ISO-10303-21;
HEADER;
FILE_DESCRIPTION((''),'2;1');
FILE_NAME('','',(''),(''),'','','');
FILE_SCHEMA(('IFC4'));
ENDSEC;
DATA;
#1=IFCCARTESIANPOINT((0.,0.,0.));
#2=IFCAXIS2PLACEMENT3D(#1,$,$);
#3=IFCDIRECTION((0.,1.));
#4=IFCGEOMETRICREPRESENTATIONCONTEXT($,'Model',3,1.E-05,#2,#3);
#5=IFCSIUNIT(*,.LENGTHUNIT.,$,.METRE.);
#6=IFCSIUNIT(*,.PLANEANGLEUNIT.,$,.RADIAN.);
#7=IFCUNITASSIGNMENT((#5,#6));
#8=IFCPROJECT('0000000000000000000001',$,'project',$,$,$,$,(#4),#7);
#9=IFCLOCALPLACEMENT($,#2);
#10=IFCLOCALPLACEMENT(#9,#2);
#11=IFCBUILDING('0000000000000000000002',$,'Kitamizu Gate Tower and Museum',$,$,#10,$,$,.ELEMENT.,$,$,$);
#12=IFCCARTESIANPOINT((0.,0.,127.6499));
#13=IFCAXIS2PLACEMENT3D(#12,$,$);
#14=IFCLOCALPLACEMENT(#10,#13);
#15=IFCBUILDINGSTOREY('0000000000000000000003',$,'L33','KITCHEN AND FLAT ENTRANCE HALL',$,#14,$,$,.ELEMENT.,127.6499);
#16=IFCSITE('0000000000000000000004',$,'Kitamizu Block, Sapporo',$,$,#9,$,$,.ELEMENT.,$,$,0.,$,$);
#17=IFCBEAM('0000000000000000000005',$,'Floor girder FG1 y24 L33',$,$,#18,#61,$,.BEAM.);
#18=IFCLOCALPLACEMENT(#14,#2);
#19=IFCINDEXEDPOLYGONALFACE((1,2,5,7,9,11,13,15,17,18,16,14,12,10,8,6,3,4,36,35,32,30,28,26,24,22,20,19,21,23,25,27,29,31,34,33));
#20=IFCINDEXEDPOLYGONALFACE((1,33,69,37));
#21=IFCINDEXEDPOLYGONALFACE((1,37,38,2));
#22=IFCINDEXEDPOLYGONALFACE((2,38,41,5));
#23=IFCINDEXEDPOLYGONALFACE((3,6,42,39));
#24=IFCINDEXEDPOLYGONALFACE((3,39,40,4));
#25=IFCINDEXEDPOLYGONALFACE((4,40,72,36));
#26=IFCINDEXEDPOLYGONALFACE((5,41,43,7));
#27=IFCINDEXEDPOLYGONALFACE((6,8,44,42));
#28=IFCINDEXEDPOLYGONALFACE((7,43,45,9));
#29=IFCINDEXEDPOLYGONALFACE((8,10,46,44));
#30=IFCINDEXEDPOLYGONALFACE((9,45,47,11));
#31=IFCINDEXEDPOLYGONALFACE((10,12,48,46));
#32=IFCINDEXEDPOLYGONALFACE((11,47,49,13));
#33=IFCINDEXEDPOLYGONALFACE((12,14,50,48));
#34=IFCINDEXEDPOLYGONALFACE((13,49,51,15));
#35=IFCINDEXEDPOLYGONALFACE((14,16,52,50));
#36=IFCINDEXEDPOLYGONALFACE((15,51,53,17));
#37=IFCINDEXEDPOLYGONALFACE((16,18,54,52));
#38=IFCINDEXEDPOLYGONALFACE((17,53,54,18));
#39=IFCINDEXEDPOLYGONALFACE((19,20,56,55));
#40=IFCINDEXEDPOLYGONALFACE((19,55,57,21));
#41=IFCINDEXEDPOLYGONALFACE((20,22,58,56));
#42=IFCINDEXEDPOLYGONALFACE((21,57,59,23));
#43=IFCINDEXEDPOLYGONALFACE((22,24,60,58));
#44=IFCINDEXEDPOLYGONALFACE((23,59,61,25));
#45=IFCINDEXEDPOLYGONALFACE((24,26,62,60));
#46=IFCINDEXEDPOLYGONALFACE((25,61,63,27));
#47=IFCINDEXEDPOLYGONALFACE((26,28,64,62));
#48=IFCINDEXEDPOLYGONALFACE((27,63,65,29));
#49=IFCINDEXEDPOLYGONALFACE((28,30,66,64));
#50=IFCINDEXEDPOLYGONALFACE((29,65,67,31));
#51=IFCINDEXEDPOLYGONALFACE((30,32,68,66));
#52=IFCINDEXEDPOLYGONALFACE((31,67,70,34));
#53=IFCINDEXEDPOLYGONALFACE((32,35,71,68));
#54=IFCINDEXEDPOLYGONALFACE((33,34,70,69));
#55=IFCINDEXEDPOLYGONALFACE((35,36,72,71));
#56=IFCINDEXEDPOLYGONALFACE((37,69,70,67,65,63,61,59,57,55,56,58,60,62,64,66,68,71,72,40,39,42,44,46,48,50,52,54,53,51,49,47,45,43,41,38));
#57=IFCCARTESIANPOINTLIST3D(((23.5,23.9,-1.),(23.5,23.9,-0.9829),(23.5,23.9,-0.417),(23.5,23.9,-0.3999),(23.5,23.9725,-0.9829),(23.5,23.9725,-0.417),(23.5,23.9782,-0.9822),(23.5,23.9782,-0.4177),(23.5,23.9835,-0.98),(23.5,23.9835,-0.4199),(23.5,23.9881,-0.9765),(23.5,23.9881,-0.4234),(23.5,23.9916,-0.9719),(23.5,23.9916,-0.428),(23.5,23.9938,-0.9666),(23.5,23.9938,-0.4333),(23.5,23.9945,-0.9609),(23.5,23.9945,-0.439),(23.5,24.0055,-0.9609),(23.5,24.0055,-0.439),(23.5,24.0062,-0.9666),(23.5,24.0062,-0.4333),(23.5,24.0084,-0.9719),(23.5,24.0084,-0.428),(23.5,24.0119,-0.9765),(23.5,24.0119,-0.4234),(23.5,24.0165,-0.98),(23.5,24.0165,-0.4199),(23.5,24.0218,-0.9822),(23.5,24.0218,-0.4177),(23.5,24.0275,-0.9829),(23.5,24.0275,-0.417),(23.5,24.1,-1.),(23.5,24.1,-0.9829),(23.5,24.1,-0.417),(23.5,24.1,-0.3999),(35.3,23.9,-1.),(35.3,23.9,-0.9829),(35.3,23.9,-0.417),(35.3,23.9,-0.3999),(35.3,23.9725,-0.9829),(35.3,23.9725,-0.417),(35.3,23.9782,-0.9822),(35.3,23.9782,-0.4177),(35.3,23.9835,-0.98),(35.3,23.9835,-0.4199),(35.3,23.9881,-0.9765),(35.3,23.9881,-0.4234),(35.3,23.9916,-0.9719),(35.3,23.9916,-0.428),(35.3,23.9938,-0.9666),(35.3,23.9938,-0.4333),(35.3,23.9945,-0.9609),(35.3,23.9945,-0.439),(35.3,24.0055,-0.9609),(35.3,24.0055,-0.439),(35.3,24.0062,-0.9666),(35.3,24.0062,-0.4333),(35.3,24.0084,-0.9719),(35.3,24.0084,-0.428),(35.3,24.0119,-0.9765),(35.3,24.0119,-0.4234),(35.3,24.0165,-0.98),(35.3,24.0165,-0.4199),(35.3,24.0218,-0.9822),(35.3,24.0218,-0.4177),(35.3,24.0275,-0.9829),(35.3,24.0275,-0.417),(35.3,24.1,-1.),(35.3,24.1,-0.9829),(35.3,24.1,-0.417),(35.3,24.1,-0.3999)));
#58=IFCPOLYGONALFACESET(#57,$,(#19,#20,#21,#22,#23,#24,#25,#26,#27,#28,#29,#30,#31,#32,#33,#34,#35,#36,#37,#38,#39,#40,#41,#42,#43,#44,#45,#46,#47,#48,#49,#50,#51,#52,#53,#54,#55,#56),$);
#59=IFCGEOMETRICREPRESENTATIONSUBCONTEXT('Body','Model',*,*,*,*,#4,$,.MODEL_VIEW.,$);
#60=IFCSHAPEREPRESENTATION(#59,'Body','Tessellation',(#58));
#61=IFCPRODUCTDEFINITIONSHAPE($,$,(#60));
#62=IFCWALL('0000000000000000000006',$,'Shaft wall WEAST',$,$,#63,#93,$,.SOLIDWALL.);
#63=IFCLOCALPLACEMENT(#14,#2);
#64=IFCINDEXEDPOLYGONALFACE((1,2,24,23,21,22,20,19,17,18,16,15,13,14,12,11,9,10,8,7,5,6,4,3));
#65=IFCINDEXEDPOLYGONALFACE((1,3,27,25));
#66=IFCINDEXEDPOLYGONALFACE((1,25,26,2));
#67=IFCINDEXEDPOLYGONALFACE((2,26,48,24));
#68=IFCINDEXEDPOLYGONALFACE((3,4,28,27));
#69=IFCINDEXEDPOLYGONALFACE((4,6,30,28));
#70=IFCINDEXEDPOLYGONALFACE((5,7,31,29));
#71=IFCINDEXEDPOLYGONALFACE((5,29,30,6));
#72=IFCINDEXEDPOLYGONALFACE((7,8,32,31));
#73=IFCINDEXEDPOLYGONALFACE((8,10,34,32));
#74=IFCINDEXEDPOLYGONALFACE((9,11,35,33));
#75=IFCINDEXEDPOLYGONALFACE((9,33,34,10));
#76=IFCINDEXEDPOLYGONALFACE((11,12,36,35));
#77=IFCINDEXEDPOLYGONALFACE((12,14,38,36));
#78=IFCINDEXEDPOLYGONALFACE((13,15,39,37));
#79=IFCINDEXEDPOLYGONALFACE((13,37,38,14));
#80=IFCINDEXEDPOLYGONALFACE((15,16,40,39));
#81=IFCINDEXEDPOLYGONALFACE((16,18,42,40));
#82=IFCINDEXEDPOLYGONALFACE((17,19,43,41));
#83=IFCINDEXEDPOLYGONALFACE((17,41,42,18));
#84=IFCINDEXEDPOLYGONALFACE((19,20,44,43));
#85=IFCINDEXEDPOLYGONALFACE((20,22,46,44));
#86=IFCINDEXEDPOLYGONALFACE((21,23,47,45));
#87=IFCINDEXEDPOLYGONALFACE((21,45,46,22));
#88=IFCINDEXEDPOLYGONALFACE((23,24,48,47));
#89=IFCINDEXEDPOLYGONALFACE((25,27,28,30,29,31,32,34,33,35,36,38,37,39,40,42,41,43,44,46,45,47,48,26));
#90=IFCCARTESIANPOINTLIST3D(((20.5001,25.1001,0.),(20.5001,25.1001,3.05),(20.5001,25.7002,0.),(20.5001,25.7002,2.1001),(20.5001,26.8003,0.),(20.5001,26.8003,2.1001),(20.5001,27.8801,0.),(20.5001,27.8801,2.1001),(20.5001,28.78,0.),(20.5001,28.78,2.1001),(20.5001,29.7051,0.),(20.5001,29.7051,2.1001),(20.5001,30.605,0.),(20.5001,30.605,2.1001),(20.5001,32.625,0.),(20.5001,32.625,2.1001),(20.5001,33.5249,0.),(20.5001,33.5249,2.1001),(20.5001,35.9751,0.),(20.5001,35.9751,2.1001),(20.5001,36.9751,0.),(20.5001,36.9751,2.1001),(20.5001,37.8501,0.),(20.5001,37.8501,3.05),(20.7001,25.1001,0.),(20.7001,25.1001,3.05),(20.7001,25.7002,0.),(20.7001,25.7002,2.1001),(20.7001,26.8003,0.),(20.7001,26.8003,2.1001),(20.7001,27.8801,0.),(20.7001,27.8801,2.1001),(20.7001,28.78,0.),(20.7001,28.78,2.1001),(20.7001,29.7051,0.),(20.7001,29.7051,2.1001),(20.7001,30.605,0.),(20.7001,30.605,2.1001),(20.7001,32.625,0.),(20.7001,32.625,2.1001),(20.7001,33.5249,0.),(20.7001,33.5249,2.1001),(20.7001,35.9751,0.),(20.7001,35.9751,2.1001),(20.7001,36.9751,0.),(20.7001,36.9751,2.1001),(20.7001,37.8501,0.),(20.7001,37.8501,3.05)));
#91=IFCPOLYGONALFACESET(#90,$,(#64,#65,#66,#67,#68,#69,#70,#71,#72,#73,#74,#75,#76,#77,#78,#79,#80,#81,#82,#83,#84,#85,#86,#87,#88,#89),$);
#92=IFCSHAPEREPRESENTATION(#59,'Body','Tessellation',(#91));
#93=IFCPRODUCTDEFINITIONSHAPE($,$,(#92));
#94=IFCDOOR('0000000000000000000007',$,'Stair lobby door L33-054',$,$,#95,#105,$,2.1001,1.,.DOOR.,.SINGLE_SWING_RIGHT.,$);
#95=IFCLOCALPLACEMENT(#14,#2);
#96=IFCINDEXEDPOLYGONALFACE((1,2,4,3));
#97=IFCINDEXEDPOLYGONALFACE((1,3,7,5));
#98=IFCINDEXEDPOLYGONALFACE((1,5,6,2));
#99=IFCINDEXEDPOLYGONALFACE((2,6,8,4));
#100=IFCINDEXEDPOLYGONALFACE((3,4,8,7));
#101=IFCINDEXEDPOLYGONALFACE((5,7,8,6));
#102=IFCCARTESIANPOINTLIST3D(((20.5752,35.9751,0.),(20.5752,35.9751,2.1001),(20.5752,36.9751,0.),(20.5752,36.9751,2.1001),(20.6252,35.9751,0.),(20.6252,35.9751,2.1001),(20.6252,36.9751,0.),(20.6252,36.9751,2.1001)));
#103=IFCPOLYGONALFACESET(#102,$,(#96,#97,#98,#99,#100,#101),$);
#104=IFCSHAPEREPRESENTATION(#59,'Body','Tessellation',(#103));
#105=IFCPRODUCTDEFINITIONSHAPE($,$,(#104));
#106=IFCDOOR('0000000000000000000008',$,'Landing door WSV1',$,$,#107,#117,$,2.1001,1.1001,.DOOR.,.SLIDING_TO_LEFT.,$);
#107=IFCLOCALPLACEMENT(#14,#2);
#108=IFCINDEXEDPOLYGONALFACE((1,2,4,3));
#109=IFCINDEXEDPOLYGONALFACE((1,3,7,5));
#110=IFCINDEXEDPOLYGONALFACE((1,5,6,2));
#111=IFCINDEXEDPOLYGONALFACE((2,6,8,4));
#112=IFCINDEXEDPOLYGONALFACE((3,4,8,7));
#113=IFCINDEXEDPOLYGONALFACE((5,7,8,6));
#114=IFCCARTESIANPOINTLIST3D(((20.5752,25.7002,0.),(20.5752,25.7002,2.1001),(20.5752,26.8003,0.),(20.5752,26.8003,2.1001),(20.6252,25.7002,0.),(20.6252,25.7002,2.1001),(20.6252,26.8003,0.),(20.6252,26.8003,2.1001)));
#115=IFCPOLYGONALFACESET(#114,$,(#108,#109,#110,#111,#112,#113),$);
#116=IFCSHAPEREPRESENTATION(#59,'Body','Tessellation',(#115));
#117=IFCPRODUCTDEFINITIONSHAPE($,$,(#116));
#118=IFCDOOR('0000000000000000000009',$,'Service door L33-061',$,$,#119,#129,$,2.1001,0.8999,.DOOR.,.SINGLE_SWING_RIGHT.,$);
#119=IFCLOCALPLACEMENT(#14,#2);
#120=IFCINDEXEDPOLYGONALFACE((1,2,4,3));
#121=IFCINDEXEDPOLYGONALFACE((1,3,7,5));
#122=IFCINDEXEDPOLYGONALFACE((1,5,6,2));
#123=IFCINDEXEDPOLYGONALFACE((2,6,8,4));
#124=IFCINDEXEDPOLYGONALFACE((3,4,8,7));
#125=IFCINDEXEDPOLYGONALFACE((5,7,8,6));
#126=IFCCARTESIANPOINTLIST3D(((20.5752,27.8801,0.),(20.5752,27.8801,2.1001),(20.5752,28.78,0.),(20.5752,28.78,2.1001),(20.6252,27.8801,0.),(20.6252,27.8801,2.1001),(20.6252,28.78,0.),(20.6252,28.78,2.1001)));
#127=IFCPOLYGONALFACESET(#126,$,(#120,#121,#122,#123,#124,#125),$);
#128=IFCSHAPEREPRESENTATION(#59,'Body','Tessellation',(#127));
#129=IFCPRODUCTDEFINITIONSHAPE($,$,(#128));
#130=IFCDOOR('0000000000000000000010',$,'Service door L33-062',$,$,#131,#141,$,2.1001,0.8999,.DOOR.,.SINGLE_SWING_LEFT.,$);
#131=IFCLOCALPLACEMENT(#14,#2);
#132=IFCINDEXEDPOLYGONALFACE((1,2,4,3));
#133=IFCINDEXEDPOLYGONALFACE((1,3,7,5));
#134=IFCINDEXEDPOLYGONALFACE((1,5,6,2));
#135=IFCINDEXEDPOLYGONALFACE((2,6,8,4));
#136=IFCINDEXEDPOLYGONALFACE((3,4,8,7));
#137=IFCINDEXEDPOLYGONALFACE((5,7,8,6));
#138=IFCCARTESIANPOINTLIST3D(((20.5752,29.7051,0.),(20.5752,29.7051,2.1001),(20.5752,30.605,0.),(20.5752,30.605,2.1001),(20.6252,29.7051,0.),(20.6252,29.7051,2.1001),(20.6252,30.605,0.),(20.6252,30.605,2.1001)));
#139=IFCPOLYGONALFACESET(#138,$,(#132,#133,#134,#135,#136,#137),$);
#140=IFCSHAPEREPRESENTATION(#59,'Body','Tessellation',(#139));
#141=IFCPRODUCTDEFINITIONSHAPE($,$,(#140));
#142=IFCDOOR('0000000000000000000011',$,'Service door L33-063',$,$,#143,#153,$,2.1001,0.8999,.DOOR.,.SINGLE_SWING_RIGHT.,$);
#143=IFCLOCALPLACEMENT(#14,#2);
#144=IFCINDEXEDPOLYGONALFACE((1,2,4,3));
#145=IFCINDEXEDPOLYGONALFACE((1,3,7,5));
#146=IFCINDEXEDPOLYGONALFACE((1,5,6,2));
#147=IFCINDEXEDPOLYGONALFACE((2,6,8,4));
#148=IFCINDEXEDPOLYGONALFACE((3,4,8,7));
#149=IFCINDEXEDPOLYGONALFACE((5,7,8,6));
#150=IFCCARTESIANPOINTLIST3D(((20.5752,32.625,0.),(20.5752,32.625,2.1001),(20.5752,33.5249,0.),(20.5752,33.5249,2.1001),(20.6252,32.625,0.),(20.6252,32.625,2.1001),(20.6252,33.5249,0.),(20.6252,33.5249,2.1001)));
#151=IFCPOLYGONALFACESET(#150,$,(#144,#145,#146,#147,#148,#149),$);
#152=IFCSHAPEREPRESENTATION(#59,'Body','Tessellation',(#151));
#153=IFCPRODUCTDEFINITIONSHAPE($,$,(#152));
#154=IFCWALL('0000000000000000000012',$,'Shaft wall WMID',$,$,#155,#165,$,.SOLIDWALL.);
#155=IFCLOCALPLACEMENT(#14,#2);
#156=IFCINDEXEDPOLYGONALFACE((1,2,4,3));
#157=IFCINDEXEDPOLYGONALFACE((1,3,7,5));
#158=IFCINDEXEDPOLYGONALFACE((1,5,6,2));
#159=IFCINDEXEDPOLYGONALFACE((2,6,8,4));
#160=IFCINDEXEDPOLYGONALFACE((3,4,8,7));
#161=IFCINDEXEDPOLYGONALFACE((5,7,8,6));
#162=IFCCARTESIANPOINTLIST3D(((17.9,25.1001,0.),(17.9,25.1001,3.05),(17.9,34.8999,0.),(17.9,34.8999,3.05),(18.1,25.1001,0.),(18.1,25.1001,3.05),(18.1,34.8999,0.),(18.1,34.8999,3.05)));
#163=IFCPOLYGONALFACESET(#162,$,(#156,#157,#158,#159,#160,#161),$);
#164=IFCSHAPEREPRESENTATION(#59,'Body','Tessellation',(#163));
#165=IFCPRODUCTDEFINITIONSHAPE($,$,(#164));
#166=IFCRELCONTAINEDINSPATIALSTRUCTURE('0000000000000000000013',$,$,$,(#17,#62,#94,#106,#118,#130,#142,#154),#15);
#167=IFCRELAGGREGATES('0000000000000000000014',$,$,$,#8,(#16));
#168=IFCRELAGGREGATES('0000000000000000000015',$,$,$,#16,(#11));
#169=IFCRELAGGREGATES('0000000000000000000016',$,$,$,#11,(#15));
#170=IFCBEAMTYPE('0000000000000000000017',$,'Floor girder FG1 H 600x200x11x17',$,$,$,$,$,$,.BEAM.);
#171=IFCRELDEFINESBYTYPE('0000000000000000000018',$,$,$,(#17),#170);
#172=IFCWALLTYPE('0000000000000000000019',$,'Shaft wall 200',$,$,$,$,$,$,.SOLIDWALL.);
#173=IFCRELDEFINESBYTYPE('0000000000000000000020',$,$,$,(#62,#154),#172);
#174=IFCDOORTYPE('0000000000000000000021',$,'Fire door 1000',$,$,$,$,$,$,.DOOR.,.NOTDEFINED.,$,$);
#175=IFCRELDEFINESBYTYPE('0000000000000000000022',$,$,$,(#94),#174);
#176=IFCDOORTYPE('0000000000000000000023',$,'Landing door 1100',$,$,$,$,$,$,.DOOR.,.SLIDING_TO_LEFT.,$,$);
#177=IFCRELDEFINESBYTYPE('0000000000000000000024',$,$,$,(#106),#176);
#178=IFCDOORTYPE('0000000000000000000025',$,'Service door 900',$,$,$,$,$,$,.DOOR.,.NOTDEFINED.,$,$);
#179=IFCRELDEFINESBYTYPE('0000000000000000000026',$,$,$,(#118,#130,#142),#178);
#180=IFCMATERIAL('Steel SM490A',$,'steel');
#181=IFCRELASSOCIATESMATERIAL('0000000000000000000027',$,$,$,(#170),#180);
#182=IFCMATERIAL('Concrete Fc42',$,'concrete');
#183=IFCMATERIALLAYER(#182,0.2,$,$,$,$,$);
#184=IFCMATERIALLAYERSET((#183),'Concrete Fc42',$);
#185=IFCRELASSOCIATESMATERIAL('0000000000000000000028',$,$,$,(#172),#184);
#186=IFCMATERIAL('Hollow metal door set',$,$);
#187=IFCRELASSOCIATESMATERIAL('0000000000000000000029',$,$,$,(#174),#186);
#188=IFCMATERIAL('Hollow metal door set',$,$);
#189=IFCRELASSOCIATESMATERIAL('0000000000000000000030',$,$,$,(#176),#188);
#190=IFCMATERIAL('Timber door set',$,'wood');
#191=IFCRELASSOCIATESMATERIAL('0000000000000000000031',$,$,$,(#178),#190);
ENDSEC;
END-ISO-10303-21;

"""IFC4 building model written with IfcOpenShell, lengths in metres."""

from ifc_helpers import new_model, si_unit, direction, frame, frame_2d, origin, origin_2d, place, context, subcontext, project, spatial, rectangle, i_section, extrude, material, layer, layer_set, material_profile, profile_set, type_object, element, fill, save


model = new_model("IFC4")

# Units and contexts
model_context = context("Model", 3, precision=1e-05, world=origin(), true_north=direction((0.0, 1.0)))
body_context = subcontext(model_context, "Body", "Model", "MODEL_VIEW")
ifc_project = project(units=[si_unit("LENGTHUNIT", "METRE"), si_unit("PLANEANGLEUNIT", "RADIAN")], contexts=[model_context])

# Site, building, storey
site_placement = place(None, origin())
site = spatial("IfcSite", under=ifc_project, at=site_placement, Name="Kitamizu Block, Sapporo", CompositionType="ELEMENT", RefElevation=0.0)
building_placement = place(site_placement, origin())
building = spatial("IfcBuilding", under=site, at=building_placement, Name="Kitamizu Gate Tower and Museum", CompositionType="ELEMENT")
storey_placement = place(building_placement, frame((0.0, 0.0, 127.6499)))
storey = spatial("IfcBuildingStorey", under=building, at=storey_placement, Name="L33", Description="KITCHEN AND FLAT ENTRANCE HALL", CompositionType="ELEMENT", Elevation=127.6499)

# Beam
ifc_material_1 = material(Name="Steel SM490A", Category="steel")
ifc_material_profile = material_profile(ifc_material_1, i_section(OverallWidth=0.2, OverallDepth=0.6001, WebThickness=0.011, FlangeThickness=0.0171, FilletRadius=0.022, at=origin_2d()), Name="H-600x200x11x17")
ifc_profile_set = profile_set([ifc_material_profile], Name="Steel SM490A")
beam_type = type_object("IfcBeamType", Name="Floor girder FG1 H 600x200x11x17", PredefinedType="BEAM", material=ifc_profile_set)
beam_placement = place(storey_placement, frame((23.5, 24.0, -0.7), z_axis=(1.0, 0.0, 0.0), x_axis=(0.0, 1.0, 0.0)))
element("IfcBeam", 1, at=beam_placement, inside=storey, type_object=beam_type, Name="Floor girder FG1 y24 L33", PredefinedType="BEAM", context=body_context, shape_type="SweptSolid", body=[
    extrude(i_section(OverallWidth=0.2, OverallDepth=0.6001, WebThickness=0.011, FlangeThickness=0.0171, FilletRadius=0.022, at=origin_2d()), origin(), (0.0, 0.0, 1.0), 11.8),
])

# Wall, openings, doors
ifc_material_2 = material(Name="Concrete Fc42", Category="concrete")
ifc_layer = layer(ifc_material_2, 0.2)
ifc_layer_set = layer_set([ifc_layer], Name="Concrete Fc42")
wall_type = type_object("IfcWallType", Name="Shaft wall 200", PredefinedType="SOLIDWALL", material=ifc_layer_set)
wall_1_placement = place(storey_placement, frame((20.6001, 25.1001, 0.0), z_axis=(0.0, 0.0, 1.0), x_axis=(0.0, 1.0, 0.0)))
wall_1 = element("IfcWall", 2, at=wall_1_placement, inside=storey, type_object=wall_type, Name="Shaft wall WEAST", PredefinedType="SOLIDWALL", context=body_context, shape_type="SweptSolid", body=[
    extrude(rectangle(XDim=12.75, YDim=0.2, at=frame_2d((6.375, 0.0))), origin(), (0.0, 0.0, 1.0), 3.05),
])
opening_1_placement = place(wall_1_placement, frame((0.6001, 0.0, 0.0)))
opening_1 = element("IfcOpeningElement", 3, at=opening_1_placement, cuts=wall_1, PredefinedType="OPENING", context=body_context, shape_type="SweptSolid", body=[
    extrude(rectangle(XDim=1.1001, YDim=2.1001, at=frame_2d((0.55, 1.05))), frame((0.0, 0.1099, 0.0), z_axis=(0.0, -1.0, 0.0), x_axis=(1.0, 0.0, 0.0)), (0.0, 0.0, 1.0), 0.22),
])
opening_2_placement = place(wall_1_placement, frame((10.875, 0.0, 0.0)))
opening_2 = element("IfcOpeningElement", 4, at=opening_2_placement, cuts=wall_1, PredefinedType="OPENING", context=body_context, shape_type="SweptSolid", body=[
    extrude(rectangle(XDim=1.0, YDim=2.1001, at=frame_2d((0.5, 1.05))), frame((0.0, 0.1099, 0.0), z_axis=(0.0, -1.0, 0.0), x_axis=(1.0, 0.0, 0.0)), (0.0, 0.0, 1.0), 0.22),
])
opening_3_placement = place(wall_1_placement, frame((2.78, 0.0, 0.0)))
opening_3 = element("IfcOpeningElement", 5, at=opening_3_placement, cuts=wall_1, PredefinedType="OPENING", context=body_context, shape_type="SweptSolid", body=[
    extrude(rectangle(XDim=0.8999, YDim=2.1001, at=frame_2d((0.45, 1.05))), frame((0.0, 0.1099, 0.0), z_axis=(0.0, -1.0, 0.0), x_axis=(1.0, 0.0, 0.0)), (0.0, 0.0, 1.0), 0.22),
])
opening_4_placement = place(wall_1_placement, frame((4.605, 0.0, 0.0)))
opening_4 = element("IfcOpeningElement", 6, at=opening_4_placement, cuts=wall_1, PredefinedType="OPENING", context=body_context, shape_type="SweptSolid", body=[
    extrude(rectangle(XDim=0.8999, YDim=2.1001, at=frame_2d((0.45, 1.05))), frame((0.0, 0.1099, 0.0), z_axis=(0.0, -1.0, 0.0), x_axis=(1.0, 0.0, 0.0)), (0.0, 0.0, 1.0), 0.22),
])
opening_5_placement = place(wall_1_placement, frame((7.5249, 0.0, 0.0)))
opening_5 = element("IfcOpeningElement", 7, at=opening_5_placement, cuts=wall_1, PredefinedType="OPENING", context=body_context, shape_type="SweptSolid", body=[
    extrude(rectangle(XDim=0.8999, YDim=2.1001, at=frame_2d((0.45, 1.05))), frame((0.0, 0.1099, 0.0), z_axis=(0.0, -1.0, 0.0), x_axis=(1.0, 0.0, 0.0)), (0.0, 0.0, 1.0), 0.22),
])
ifc_material_3 = material(Name="Hollow metal door set")
door_type_1 = type_object("IfcDoorType", Name="Fire door 1000", OperationType="NOTDEFINED", PredefinedType="DOOR", material=ifc_material_3)
door_1_placement = place(opening_2_placement, origin())
door_1 = element("IfcDoor", 8, at=door_1_placement, inside=storey, type_object=door_type_1, Name="Stair lobby door L33-054", OperationType="SINGLE_SWING_RIGHT", OverallHeight=2.1001, OverallWidth=1.0, PredefinedType="DOOR", context=body_context, shape_type="SweptSolid", body=[
    extrude(rectangle(XDim=1.0, YDim=2.1001, at=frame_2d((0.5, 1.05))), frame((0.0, 0.0249, 0.0), z_axis=(0.0, -1.0, 0.0), x_axis=(1.0, 0.0, 0.0)), (0.0, 0.0, 1.0), 0.05),
])
fill(opening_2, door_1)
ifc_material_4 = material(Name="Hollow metal door set")
door_type_2 = type_object("IfcDoorType", Name="Landing door 1100", OperationType="SLIDING_TO_LEFT", PredefinedType="DOOR", material=ifc_material_4)
door_2_placement = place(opening_1_placement, origin())
door_2 = element("IfcDoor", 9, at=door_2_placement, inside=storey, type_object=door_type_2, Name="Landing door WSV1", OperationType="SLIDING_TO_LEFT", OverallHeight=2.1001, OverallWidth=1.1001, PredefinedType="DOOR", context=body_context, shape_type="SweptSolid", body=[
    extrude(rectangle(XDim=1.1001, YDim=2.1001, at=frame_2d((0.55, 1.05))), frame((0.0, 0.0249, 0.0), z_axis=(0.0, -1.0, 0.0), x_axis=(1.0, 0.0, 0.0)), (0.0, 0.0, 1.0), 0.05),
])
fill(opening_1, door_2)
ifc_material_5 = material(Name="Timber door set", Category="wood")
door_type_3 = type_object("IfcDoorType", Name="Service door 900", OperationType="NOTDEFINED", PredefinedType="DOOR", material=ifc_material_5)
door_3_placement = place(opening_3_placement, origin())
door_3 = element("IfcDoor", 10, at=door_3_placement, inside=storey, type_object=door_type_3, Name="Service door L33-061", OperationType="SINGLE_SWING_RIGHT", OverallHeight=2.1001, OverallWidth=0.8999, PredefinedType="DOOR", context=body_context, shape_type="SweptSolid", body=[
    extrude(rectangle(XDim=0.8999, YDim=2.1001, at=frame_2d((0.45, 1.05))), frame((0.0, 0.0249, 0.0), z_axis=(0.0, -1.0, 0.0), x_axis=(1.0, 0.0, 0.0)), (0.0, 0.0, 1.0), 0.05),
])
fill(opening_3, door_3)
door_4_placement = place(opening_4_placement, origin())
door_4 = element("IfcDoor", 11, at=door_4_placement, inside=storey, type_object=door_type_3, Name="Service door L33-062", OperationType="SINGLE_SWING_LEFT", OverallHeight=2.1001, OverallWidth=0.8999, PredefinedType="DOOR", context=body_context, shape_type="SweptSolid", body=[
    extrude(rectangle(XDim=0.8999, YDim=2.1001, at=frame_2d((0.45, 1.05))), frame((0.0, 0.0249, 0.0), z_axis=(0.0, -1.0, 0.0), x_axis=(1.0, 0.0, 0.0)), (0.0, 0.0, 1.0), 0.05),
])
fill(opening_4, door_4)
door_5_placement = place(opening_5_placement, origin())
door_5 = element("IfcDoor", 12, at=door_5_placement, inside=storey, type_object=door_type_3, Name="Service door L33-063", OperationType="SINGLE_SWING_RIGHT", OverallHeight=2.1001, OverallWidth=0.8999, PredefinedType="DOOR", context=body_context, shape_type="SweptSolid", body=[
    extrude(rectangle(XDim=0.8999, YDim=2.1001, at=frame_2d((0.45, 1.05))), frame((0.0, 0.0249, 0.0), z_axis=(0.0, -1.0, 0.0), x_axis=(1.0, 0.0, 0.0)), (0.0, 0.0, 1.0), 0.05),
])
fill(opening_5, door_5)

# Wall
wall_2_placement = place(storey_placement, frame((18.0, 25.1001, 0.0), z_axis=(0.0, 0.0, 1.0), x_axis=(0.0, 1.0, 0.0)))
element("IfcWall", 13, at=wall_2_placement, inside=storey, type_object=wall_type, Name="Shaft wall WMID", PredefinedType="SOLIDWALL", context=body_context, shape_type="SweptSolid", body=[
    extrude(rectangle(XDim=9.7998, YDim=0.2, at=frame_2d((4.8999, 0.0))), origin(), (0.0, 0.0, 1.0), 3.05),
])

save(model, "model.ifc")
